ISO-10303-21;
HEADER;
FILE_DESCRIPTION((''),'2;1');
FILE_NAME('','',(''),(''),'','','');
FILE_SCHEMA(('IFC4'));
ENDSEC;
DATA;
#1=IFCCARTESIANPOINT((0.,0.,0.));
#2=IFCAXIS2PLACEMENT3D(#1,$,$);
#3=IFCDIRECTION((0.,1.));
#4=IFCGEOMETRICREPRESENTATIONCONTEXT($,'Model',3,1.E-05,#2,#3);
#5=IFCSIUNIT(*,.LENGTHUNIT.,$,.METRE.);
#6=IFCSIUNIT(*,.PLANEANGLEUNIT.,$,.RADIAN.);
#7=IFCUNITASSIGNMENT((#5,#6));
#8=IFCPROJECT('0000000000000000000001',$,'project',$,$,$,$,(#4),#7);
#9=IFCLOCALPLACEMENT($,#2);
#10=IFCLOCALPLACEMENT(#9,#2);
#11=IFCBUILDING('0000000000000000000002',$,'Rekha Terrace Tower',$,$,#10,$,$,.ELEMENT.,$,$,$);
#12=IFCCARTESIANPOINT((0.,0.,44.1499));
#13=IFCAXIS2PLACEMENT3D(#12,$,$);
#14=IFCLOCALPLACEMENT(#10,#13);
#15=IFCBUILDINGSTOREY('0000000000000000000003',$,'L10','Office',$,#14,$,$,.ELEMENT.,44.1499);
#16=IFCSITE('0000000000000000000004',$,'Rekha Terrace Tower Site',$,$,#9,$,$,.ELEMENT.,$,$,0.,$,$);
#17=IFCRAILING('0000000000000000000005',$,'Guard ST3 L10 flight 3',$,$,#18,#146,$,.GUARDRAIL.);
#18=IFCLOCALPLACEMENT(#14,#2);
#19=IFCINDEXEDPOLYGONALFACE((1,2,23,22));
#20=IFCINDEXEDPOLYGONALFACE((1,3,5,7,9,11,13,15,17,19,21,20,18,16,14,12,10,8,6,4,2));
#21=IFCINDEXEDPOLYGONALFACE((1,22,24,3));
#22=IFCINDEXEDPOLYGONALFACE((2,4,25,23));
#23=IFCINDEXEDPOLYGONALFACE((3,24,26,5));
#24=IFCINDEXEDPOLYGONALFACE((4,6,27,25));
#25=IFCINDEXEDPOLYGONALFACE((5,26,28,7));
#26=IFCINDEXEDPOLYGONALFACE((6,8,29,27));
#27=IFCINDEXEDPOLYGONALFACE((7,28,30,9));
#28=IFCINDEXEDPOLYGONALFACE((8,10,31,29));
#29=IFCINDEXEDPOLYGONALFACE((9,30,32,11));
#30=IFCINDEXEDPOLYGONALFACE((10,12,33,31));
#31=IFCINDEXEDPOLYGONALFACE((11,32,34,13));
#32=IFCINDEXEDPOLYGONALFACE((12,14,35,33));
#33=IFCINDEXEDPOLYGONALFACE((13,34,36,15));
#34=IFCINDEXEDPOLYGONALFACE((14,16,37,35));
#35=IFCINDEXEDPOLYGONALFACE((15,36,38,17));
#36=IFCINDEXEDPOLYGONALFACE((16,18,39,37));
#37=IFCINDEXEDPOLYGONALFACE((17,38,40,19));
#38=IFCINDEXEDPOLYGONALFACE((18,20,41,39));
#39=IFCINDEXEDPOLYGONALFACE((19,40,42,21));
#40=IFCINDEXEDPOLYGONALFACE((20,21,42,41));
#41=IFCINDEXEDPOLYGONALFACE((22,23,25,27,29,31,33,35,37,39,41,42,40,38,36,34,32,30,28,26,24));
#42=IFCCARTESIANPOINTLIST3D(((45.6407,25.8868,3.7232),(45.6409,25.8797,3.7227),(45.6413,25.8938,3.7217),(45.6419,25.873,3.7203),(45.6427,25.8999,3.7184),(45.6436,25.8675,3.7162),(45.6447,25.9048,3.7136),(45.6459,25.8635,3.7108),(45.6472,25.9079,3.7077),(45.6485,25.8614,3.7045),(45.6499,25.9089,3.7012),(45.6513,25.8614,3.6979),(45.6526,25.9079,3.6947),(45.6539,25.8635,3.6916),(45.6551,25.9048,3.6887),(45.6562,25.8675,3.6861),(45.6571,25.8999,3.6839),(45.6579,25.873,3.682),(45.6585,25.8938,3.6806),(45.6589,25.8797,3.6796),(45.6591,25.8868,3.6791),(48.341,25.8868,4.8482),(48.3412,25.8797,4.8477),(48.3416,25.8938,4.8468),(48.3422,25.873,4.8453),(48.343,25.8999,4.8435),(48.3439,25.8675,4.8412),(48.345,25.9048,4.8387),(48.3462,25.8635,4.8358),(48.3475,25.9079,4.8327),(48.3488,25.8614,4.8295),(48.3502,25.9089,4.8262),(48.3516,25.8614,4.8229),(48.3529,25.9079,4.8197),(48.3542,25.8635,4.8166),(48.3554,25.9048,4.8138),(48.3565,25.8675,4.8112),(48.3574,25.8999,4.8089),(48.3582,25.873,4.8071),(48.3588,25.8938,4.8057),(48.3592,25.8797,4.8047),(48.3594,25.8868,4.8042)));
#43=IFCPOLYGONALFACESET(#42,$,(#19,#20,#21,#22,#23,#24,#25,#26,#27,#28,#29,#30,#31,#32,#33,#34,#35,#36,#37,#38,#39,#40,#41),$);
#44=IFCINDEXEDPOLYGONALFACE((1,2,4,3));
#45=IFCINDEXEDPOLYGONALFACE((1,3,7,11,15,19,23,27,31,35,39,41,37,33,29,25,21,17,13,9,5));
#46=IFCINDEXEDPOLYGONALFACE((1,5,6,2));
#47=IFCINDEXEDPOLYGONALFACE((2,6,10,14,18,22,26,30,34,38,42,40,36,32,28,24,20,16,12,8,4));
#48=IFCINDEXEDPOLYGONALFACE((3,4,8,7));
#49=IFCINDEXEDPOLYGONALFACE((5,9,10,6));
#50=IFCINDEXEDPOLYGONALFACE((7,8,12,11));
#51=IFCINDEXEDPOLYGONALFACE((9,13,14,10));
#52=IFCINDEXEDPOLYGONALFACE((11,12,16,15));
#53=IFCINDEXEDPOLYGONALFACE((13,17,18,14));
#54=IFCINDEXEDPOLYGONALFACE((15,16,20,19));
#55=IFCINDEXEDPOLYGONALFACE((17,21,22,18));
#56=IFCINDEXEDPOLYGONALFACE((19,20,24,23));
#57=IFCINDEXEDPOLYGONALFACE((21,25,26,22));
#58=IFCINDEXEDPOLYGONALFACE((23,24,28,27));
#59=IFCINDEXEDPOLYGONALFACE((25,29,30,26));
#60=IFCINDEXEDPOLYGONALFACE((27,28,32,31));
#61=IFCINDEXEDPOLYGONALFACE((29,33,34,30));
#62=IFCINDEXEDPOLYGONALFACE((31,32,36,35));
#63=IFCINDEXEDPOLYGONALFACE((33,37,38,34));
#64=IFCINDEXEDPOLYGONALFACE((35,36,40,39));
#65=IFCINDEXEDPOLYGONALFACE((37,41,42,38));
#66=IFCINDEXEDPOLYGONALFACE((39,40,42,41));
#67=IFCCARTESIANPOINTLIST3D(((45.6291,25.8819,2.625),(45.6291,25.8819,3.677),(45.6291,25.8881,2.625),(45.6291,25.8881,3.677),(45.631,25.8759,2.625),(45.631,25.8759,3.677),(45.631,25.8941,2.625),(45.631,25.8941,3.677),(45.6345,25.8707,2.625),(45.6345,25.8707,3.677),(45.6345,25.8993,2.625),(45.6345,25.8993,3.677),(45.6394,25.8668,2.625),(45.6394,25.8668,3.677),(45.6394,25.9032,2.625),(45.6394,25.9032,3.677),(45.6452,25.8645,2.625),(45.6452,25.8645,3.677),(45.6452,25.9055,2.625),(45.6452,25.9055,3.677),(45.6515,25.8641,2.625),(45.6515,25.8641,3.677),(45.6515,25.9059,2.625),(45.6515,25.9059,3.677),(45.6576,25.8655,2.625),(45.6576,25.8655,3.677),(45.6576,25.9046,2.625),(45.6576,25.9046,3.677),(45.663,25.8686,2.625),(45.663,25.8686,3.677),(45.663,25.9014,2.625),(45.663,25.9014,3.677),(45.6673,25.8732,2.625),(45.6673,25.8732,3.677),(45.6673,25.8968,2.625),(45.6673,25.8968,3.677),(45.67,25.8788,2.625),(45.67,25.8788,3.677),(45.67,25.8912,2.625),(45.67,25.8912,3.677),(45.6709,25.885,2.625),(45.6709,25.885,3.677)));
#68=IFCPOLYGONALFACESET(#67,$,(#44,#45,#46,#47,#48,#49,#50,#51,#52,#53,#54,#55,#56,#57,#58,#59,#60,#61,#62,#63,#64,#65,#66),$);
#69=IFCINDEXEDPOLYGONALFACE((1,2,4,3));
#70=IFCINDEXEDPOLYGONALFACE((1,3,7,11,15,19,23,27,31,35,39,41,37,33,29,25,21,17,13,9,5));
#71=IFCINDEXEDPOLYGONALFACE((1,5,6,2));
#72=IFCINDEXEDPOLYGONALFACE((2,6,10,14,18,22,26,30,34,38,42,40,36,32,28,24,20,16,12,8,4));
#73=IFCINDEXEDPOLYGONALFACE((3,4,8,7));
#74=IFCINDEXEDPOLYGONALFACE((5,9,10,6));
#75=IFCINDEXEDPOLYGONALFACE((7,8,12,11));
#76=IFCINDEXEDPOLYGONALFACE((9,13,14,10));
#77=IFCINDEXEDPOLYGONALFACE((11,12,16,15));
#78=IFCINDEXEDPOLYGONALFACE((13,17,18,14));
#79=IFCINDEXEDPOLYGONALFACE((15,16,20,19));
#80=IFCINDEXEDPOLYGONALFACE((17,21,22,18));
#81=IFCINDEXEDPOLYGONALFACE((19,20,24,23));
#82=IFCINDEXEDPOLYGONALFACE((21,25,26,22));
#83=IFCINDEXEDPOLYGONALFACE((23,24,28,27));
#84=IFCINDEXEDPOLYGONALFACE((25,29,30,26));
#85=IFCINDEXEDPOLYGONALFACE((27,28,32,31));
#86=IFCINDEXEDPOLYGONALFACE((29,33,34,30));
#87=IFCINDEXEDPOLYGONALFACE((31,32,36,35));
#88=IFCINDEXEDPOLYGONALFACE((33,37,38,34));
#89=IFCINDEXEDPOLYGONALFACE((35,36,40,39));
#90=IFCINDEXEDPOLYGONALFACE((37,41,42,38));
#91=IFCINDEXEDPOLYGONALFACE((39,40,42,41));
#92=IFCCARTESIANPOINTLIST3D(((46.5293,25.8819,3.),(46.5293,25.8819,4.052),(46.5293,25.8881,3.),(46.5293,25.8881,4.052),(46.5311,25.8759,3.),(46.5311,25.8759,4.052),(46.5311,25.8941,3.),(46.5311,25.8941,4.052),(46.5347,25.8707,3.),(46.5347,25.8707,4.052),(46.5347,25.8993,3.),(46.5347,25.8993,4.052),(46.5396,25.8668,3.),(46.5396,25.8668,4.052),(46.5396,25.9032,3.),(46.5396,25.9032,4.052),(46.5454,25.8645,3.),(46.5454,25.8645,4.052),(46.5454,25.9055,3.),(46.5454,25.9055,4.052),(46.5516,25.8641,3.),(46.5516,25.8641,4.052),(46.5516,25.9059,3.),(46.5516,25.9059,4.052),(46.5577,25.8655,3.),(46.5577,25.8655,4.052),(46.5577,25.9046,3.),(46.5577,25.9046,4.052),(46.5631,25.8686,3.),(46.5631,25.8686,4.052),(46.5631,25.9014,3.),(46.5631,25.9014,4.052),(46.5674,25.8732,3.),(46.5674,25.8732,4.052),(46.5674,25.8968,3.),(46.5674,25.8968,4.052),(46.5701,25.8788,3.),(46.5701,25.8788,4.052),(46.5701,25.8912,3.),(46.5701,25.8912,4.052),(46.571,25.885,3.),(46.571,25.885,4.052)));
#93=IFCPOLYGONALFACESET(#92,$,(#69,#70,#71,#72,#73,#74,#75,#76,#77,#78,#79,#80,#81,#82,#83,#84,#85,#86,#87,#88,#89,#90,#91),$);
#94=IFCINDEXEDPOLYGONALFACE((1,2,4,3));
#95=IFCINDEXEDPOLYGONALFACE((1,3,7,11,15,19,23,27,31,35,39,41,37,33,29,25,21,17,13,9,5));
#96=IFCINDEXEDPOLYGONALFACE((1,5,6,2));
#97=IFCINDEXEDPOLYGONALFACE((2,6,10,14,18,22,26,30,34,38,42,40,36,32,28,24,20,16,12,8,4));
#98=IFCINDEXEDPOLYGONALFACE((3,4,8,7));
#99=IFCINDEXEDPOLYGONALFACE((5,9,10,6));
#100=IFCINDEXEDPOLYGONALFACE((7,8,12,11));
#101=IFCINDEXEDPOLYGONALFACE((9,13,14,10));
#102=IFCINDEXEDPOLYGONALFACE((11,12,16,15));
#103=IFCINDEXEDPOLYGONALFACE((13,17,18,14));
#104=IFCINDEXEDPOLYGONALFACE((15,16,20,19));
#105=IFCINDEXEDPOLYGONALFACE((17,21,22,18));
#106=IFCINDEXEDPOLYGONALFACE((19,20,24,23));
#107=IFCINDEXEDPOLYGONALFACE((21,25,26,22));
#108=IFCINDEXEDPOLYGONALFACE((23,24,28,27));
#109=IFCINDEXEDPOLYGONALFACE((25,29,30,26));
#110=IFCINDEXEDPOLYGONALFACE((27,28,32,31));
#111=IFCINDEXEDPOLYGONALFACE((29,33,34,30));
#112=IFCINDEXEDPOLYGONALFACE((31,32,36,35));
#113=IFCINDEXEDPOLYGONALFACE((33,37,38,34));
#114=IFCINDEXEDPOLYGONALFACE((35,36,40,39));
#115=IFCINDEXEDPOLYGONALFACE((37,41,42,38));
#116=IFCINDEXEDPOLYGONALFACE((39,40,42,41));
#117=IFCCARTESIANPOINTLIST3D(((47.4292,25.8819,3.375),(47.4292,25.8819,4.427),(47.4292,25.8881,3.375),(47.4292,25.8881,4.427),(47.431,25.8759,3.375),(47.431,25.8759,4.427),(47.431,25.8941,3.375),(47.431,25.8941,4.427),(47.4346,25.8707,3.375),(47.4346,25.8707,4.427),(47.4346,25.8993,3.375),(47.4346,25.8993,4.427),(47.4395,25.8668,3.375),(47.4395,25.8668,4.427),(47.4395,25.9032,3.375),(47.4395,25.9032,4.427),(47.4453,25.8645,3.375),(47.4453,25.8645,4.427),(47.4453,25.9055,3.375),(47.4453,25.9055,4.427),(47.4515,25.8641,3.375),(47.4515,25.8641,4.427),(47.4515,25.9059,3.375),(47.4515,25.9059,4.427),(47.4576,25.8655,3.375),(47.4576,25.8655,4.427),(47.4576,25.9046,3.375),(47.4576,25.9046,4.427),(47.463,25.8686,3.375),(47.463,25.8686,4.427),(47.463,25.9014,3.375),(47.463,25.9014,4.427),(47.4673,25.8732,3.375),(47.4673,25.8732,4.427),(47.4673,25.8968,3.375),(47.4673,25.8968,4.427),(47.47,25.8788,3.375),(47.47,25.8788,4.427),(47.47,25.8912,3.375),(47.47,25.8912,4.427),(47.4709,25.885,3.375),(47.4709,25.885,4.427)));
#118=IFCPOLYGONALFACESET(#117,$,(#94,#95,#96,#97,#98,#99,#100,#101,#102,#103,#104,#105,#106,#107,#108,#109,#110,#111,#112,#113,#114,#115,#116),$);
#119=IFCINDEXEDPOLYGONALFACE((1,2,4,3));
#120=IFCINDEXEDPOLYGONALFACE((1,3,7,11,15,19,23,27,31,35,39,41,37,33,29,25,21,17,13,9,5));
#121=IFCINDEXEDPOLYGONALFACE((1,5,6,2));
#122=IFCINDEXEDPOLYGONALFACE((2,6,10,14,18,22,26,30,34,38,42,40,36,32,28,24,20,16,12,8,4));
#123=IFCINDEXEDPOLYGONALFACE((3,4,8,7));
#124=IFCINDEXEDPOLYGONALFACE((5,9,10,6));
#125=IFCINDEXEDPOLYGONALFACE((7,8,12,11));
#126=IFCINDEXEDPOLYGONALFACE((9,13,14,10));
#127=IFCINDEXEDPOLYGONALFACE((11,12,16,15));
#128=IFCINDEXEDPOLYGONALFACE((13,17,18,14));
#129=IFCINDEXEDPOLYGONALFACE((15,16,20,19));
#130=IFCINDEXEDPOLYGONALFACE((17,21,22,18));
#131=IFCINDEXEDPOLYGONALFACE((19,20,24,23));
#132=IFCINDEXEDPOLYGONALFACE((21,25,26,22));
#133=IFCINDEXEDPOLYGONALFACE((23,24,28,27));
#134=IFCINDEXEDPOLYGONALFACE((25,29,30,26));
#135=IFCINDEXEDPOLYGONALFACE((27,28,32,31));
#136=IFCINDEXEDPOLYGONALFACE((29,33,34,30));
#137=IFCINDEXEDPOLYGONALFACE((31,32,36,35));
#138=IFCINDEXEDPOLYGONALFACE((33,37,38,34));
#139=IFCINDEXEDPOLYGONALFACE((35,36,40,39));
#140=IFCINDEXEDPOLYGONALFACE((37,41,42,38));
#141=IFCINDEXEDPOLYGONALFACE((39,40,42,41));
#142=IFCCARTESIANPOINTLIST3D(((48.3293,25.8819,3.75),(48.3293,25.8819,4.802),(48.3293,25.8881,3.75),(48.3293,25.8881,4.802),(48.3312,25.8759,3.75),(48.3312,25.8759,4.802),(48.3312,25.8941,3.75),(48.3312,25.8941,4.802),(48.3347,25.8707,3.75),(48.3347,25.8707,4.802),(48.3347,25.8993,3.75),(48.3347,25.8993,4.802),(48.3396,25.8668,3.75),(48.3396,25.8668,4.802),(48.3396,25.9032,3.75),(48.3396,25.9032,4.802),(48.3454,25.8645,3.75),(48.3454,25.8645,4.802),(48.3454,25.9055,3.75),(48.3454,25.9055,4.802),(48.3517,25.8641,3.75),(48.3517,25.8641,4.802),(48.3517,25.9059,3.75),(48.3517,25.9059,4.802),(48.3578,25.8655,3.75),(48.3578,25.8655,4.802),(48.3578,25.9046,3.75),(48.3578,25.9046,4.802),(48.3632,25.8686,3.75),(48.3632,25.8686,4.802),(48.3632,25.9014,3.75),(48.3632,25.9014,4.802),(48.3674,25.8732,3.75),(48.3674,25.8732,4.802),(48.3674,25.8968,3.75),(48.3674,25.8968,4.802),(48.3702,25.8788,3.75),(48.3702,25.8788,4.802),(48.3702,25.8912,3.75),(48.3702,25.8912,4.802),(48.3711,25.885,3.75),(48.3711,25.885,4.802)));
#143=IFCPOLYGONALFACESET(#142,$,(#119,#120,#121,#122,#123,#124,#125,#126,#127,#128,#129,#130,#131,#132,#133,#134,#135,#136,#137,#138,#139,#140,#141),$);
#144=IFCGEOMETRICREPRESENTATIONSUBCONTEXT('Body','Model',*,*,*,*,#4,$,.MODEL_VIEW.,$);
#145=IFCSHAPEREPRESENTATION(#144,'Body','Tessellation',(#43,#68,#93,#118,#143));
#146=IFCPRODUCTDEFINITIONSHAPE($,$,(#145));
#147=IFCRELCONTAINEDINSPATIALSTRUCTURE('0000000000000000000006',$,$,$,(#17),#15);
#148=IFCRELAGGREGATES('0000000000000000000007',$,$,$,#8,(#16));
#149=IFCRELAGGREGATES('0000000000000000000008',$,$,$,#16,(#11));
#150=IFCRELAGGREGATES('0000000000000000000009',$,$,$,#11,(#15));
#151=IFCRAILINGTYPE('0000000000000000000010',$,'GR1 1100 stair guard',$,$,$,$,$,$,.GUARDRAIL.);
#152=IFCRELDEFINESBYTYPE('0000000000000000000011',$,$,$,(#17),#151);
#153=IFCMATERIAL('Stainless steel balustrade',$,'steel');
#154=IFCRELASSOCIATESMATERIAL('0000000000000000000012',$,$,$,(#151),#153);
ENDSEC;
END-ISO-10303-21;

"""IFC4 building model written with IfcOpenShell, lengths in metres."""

from ifc_helpers import new_model, si_unit, direction, frame, origin, origin_2d, place, context, subcontext, project, spatial, circle, extrude, material, type_object, element, save


model = new_model("IFC4")

# Units and contexts
model_context = context("Model", 3, precision=1e-05, world=origin(), true_north=direction((0.0, 1.0)))
body_context = subcontext(model_context, "Body", "Model", "MODEL_VIEW")
ifc_project = project(units=[si_unit("LENGTHUNIT", "METRE"), si_unit("PLANEANGLEUNIT", "RADIAN")], contexts=[model_context])

# Site, building, storey
site_placement = place(None, origin())
site = spatial("IfcSite", under=ifc_project, at=site_placement, Name="Rekha Terrace Tower Site", CompositionType="ELEMENT", RefElevation=0.0)
building_placement = place(site_placement, origin())
building = spatial("IfcBuilding", under=site, at=building_placement, Name="Rekha Terrace Tower", CompositionType="ELEMENT")
storey_placement = place(building_placement, frame((0.0, 0.0, 44.1499)))
storey = spatial("IfcBuildingStorey", under=building, at=storey_placement, Name="L10", Description="Office", CompositionType="ELEMENT", Elevation=44.1499)

# Railing
ifc_material_1 = material(Name="Stainless steel balustrade", Category="steel")
railing_type_1 = type_object("IfcRailingType", Name="GR1 1100 stair guard", PredefinedType="GUARDRAIL", material=ifc_material_1)
railing_1_placement = place(storey_placement, frame((45.6499, 25.885, 2.625)))
element("IfcRailing", 1, at=railing_1_placement, inside=storey, type_object=railing_type_1, Name="Guard ST3 L10 flight 3", PredefinedType="GUARDRAIL", context=body_context, shape_type="SweptSolid", body=[
    extrude(circle(Radius=0.0239, at=origin_2d()), frame((0.0, 0.0, 1.0762), z_axis=(0.923087, 0.0, 0.384592), x_axis=(0.0, 1.0, 0.0)), (0.0, 0.0, 1.0), 2.9253),
    extrude(circle(Radius=0.021, at=origin_2d()), origin(), (0.0, 0.0, 1.0), 1.052),
    extrude(circle(Radius=0.021, at=origin_2d()), frame((0.9001, 0.0, 0.375)), (0.0, 0.0, 1.0), 1.052),
    extrude(circle(Radius=0.021, at=origin_2d()), frame((1.8, 0.0, 0.75)), (0.0, 0.0, 1.0), 1.052),
    extrude(circle(Radius=0.021, at=origin_2d()), frame((2.7002, 0.0, 1.125)), (0.0, 0.0, 1.0), 1.052),
])

save(model, "model.ifc")
